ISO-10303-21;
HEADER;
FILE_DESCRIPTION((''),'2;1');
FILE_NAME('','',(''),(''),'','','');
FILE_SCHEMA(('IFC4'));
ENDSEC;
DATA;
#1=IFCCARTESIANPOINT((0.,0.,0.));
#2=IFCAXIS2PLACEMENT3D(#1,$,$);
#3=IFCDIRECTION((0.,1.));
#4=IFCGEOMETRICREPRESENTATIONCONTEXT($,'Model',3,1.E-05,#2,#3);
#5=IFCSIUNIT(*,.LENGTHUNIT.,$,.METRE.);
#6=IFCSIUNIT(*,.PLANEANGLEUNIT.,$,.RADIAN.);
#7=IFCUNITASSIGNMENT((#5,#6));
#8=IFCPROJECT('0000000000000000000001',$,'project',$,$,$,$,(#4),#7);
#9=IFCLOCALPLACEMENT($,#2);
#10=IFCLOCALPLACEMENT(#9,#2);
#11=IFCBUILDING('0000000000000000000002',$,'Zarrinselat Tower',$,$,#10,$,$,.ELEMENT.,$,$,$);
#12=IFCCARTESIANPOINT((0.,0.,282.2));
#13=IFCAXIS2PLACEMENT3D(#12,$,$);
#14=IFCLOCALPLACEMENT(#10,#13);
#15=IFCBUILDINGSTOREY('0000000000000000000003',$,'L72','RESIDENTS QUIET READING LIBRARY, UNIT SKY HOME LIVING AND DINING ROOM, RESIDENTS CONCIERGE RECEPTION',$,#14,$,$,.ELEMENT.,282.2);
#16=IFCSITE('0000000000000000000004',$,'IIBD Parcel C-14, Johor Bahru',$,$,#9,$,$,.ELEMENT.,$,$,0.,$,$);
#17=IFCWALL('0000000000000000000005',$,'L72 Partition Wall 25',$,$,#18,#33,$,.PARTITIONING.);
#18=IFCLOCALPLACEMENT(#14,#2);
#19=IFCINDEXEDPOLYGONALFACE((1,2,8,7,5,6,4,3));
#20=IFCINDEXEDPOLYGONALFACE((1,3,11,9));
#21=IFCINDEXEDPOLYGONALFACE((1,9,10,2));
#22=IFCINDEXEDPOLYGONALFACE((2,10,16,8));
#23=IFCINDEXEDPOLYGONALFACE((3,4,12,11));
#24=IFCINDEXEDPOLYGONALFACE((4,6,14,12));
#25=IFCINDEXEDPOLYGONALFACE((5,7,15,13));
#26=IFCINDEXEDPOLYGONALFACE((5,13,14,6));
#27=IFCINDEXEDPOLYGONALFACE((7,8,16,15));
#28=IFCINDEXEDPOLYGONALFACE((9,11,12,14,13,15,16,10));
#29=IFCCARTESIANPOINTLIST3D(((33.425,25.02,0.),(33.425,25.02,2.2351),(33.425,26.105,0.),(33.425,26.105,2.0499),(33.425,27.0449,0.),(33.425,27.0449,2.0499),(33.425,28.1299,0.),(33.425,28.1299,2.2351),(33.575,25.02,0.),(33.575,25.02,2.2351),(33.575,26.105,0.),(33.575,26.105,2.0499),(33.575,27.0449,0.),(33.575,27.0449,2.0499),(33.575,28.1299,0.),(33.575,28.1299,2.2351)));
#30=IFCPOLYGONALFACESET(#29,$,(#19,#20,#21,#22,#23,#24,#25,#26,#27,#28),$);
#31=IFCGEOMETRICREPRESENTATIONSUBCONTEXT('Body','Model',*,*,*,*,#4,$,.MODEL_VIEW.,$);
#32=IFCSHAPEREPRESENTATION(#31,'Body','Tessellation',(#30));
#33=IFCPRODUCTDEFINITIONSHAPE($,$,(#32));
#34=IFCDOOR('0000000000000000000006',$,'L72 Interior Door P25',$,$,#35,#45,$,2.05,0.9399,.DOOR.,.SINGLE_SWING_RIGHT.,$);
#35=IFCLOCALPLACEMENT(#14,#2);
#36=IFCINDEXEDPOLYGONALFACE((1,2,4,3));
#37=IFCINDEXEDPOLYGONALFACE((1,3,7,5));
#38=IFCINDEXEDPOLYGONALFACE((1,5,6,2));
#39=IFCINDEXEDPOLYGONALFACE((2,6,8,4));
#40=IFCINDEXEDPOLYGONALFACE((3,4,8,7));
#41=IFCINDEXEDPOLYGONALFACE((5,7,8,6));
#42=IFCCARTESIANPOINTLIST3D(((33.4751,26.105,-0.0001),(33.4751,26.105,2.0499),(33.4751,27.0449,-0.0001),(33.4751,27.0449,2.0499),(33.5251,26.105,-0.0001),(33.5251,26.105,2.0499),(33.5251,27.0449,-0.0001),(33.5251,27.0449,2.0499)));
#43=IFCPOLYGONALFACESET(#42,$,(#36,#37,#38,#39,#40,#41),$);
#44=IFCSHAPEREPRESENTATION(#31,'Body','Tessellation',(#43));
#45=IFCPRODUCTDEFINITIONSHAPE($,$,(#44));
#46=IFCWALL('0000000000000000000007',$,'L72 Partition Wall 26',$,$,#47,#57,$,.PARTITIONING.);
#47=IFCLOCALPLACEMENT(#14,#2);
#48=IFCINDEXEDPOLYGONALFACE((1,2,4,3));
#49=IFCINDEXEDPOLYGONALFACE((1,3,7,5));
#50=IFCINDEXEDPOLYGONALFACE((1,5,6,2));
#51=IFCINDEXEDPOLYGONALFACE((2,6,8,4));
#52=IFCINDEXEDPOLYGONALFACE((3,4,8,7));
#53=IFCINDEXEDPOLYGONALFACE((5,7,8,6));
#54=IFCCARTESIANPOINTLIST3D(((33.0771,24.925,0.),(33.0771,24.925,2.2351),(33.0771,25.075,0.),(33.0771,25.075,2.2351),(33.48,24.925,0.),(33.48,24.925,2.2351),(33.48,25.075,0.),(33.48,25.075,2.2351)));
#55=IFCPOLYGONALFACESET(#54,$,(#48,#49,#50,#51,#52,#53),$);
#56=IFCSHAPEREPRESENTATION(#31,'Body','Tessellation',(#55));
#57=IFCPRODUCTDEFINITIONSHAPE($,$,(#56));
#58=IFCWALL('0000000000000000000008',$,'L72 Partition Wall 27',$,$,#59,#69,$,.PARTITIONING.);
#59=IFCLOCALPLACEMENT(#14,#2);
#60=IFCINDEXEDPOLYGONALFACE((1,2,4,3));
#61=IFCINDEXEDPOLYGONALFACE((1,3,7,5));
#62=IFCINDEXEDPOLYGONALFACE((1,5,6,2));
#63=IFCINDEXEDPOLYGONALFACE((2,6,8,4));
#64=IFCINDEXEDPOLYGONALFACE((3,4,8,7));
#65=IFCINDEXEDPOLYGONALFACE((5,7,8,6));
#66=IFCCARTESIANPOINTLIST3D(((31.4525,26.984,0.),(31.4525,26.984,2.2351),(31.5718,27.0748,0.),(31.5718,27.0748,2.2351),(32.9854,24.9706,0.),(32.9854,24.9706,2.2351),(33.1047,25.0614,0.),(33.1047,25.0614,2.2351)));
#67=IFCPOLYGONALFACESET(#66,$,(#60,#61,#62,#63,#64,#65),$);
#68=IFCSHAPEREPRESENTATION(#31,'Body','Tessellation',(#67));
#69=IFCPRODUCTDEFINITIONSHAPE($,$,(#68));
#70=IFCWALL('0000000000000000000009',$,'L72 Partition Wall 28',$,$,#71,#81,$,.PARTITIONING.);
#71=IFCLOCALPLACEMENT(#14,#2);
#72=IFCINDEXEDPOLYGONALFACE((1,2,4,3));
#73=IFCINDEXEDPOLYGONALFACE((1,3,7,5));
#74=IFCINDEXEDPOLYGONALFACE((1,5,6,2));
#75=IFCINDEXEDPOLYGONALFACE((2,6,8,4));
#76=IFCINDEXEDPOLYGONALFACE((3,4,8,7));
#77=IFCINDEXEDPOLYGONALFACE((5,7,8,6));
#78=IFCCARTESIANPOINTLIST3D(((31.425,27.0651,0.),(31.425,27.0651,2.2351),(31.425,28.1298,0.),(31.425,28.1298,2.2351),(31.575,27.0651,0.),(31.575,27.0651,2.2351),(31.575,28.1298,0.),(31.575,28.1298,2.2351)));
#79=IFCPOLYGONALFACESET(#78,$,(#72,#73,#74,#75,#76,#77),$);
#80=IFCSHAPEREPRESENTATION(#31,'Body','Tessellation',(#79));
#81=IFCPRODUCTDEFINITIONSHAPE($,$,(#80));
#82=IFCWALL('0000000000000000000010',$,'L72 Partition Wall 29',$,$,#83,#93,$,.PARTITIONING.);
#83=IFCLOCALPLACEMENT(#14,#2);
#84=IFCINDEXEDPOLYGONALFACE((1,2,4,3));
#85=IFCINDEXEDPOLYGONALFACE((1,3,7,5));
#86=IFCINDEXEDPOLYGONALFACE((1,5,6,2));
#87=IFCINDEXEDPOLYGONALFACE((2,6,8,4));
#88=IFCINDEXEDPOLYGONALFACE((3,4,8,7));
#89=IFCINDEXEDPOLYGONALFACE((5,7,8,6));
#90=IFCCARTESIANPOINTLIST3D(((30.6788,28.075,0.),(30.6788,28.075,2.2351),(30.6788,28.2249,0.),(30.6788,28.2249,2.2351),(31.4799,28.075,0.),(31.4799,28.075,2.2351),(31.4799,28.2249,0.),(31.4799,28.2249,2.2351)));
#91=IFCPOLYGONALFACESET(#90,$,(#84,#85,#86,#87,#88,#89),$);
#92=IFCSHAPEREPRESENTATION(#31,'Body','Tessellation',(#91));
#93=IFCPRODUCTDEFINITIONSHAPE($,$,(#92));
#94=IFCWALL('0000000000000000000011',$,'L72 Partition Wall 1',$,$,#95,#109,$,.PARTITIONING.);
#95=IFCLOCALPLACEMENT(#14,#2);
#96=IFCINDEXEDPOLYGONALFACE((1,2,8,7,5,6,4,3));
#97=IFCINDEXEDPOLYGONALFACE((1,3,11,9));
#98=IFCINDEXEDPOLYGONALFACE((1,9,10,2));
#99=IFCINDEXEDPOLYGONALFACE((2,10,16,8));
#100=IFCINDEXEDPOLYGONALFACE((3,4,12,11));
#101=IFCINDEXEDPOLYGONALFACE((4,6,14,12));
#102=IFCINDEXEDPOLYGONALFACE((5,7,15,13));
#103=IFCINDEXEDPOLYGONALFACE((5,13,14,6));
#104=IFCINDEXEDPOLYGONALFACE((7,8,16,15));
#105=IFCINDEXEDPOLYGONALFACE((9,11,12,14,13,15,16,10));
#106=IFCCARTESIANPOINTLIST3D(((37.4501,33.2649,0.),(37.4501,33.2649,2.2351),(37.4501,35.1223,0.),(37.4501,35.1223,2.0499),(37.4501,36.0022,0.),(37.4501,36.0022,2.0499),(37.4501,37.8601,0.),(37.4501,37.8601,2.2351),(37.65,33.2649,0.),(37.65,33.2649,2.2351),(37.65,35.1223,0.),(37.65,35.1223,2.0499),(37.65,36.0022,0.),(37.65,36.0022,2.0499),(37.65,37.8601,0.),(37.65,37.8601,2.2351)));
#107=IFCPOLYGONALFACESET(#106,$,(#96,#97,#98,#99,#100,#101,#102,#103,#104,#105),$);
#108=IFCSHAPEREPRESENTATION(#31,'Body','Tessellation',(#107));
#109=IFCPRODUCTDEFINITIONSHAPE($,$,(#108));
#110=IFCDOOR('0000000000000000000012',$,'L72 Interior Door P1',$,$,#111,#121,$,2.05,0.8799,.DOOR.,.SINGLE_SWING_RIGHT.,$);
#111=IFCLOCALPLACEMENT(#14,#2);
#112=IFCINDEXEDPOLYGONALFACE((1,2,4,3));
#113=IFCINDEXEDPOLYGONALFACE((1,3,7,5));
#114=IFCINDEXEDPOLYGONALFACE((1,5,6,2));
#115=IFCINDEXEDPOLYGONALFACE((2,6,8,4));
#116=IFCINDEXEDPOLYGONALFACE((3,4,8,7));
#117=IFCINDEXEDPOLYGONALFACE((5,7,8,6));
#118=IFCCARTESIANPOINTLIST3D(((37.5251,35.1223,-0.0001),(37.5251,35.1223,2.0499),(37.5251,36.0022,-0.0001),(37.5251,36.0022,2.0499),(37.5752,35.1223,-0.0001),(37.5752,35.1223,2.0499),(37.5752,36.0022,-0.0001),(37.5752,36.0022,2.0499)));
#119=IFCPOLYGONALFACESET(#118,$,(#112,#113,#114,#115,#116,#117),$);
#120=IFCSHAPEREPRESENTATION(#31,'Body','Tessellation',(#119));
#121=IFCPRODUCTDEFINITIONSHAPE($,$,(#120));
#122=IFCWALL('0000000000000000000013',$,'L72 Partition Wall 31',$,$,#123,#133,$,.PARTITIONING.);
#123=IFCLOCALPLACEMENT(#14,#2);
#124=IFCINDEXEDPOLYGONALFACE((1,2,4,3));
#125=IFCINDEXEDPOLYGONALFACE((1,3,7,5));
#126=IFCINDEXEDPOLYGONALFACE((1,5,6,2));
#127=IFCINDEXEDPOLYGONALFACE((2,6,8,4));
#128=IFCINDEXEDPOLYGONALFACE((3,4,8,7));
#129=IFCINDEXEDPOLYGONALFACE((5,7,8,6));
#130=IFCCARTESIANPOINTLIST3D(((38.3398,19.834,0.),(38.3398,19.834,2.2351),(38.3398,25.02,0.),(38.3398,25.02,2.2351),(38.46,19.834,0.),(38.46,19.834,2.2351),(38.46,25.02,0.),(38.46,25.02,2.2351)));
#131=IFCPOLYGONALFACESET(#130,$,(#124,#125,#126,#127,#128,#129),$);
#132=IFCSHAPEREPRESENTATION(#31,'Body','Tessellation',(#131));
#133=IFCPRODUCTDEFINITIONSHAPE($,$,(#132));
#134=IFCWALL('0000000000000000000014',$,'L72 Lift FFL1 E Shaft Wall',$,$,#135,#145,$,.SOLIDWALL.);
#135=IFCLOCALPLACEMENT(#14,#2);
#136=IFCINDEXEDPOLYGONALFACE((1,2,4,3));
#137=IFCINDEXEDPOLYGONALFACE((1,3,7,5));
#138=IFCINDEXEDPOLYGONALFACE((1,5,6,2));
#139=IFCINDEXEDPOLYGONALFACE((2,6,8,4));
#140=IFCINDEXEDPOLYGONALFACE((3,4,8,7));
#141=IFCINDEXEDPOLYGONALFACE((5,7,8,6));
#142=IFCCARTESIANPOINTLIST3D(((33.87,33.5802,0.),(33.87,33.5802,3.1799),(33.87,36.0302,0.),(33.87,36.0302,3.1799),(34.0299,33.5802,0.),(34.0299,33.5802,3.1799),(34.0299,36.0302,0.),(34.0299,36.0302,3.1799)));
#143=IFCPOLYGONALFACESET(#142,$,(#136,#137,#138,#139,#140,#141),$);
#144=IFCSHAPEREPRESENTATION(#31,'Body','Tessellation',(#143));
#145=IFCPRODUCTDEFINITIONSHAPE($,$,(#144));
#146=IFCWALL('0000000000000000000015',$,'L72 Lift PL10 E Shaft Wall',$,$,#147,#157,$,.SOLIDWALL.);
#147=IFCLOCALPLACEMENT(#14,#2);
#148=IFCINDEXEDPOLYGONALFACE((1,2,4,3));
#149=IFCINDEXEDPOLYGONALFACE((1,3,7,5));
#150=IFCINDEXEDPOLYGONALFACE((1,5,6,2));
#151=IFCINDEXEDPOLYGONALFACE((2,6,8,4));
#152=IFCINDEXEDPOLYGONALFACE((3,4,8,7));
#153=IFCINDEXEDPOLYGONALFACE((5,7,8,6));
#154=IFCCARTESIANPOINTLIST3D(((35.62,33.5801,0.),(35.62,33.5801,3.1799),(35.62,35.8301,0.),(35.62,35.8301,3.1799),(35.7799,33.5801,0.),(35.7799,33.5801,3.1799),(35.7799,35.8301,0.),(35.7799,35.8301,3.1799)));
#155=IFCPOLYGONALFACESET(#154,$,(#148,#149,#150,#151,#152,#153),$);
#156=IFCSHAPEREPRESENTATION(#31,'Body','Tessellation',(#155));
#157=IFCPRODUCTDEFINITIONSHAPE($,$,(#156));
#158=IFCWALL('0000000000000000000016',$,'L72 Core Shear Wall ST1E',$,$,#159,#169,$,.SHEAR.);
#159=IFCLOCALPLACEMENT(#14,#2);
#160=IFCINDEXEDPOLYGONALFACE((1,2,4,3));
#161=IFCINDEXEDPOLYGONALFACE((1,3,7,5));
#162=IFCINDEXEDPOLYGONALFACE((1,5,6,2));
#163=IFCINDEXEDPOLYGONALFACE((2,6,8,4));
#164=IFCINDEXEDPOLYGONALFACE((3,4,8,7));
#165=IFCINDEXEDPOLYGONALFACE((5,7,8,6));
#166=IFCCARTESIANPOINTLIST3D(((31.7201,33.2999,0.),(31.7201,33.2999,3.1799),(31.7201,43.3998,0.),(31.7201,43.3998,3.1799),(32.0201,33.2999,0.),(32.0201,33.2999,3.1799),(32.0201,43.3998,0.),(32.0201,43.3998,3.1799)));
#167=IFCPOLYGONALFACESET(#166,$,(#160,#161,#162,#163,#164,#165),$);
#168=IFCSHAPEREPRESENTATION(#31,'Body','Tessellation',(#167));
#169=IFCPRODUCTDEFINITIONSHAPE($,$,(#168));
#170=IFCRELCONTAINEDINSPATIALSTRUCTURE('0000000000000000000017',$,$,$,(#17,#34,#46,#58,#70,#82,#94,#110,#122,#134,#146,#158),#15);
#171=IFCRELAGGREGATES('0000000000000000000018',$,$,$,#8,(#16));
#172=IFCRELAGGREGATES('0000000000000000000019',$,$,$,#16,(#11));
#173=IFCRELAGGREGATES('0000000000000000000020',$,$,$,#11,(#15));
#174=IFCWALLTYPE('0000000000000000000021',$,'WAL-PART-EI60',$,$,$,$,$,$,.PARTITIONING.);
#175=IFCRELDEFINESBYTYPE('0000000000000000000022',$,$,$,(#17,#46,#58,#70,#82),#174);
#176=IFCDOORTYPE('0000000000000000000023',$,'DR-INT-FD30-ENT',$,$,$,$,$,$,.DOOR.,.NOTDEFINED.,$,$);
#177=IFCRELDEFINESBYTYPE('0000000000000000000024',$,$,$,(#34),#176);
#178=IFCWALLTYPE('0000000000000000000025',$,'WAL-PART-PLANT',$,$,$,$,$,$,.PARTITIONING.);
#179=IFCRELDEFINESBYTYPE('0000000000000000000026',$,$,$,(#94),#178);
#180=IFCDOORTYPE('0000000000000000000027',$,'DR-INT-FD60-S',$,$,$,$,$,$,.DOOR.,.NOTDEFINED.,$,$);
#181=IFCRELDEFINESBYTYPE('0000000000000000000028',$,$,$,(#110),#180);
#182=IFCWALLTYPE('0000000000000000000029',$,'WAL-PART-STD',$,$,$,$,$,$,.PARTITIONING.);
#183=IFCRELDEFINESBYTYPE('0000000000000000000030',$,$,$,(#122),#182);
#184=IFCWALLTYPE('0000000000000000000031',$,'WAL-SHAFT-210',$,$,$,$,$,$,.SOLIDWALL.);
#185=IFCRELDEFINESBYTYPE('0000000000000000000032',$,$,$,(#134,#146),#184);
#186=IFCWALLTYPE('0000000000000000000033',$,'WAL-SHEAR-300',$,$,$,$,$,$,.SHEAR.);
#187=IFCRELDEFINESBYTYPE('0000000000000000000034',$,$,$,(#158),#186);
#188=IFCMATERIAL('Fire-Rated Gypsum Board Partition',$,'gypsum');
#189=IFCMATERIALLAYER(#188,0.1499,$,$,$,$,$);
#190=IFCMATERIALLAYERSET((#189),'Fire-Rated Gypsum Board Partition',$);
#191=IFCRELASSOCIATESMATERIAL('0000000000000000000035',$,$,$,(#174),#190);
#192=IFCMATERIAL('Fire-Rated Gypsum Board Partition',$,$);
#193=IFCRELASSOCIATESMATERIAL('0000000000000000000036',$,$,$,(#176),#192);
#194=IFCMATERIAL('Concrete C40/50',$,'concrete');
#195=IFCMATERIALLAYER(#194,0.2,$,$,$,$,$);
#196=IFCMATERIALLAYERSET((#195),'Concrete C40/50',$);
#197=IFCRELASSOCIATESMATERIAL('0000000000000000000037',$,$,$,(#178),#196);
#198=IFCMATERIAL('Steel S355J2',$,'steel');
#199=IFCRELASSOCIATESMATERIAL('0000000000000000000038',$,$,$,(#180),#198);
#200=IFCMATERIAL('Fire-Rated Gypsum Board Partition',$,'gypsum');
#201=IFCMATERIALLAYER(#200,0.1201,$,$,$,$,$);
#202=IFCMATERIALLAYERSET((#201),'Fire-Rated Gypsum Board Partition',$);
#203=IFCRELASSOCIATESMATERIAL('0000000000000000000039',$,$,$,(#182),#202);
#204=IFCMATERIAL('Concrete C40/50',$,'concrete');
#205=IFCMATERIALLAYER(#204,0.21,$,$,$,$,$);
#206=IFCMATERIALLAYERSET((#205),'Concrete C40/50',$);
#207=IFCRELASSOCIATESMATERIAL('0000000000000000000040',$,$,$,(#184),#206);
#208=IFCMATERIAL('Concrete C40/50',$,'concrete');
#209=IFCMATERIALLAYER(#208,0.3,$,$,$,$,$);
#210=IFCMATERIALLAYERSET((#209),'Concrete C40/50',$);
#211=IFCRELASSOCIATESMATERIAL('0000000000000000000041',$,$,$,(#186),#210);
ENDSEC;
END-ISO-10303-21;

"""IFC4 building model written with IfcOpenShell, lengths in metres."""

from ifc_helpers import new_model, si_unit, direction, frame, frame_2d, origin, place, context, subcontext, project, spatial, rectangle, extrude, material, layer, layer_set, type_object, element, fill, save


model = new_model("IFC4")

# Units and contexts
model_context = context("Model", 3, precision=1e-05, world=origin(), true_north=direction((0.0, 1.0)))
body_context = subcontext(model_context, "Body", "Model", "MODEL_VIEW")
ifc_project = project(units=[si_unit("LENGTHUNIT", "METRE"), si_unit("PLANEANGLEUNIT", "RADIAN")], contexts=[model_context])

# Site, building, storey
site_placement = place(None, origin())
site = spatial("IfcSite", under=ifc_project, at=site_placement, Name="IIBD Parcel C-14, Johor Bahru", CompositionType="ELEMENT", RefElevation=0.0)
building_placement = place(site_placement, origin())
building = spatial("IfcBuilding", under=site, at=building_placement, Name="Zarrinselat Tower", CompositionType="ELEMENT")
storey_placement = place(building_placement, frame((0.0, 0.0, 282.2)))
storey = spatial("IfcBuildingStorey", under=building, at=storey_placement, Name="L72", Description="RESIDENTS QUIET READING LIBRARY, UNIT SKY HOME LIVING AND DINING ROOM, RESIDENTS CONCIERGE RECEPTION", CompositionType="ELEMENT", Elevation=282.2)

# Shared definitions
ifc_material_1 = material(Name="Fire-Rated Gypsum Board Partition", Category="gypsum")
ifc_layer_1 = layer(ifc_material_1, 0.1499)
ifc_layer_set_1 = layer_set([ifc_layer_1], Name="Fire-Rated Gypsum Board Partition")
wall_type_1 = type_object("IfcWallType", Name="WAL-PART-EI60", PredefinedType="PARTITIONING", material=ifc_layer_set_1)

# Wall, opening, door
wall_1_placement = place(storey_placement, frame((33.5, 25.02, 0.0), z_axis=(0.0, 0.0, 1.0), x_axis=(0.0, 1.0, 0.0)))
wall_1 = element("IfcWall", 1, at=wall_1_placement, inside=storey, type_object=wall_type_1, Name="L72 Partition Wall 25", PredefinedType="PARTITIONING", context=body_context, shape_type="SweptSolid", body=[
    extrude(rectangle(XDim=3.1099, YDim=0.1499, at=frame_2d((1.5549, 0.0))), origin(), (0.0, 0.0, 1.0), 2.2351),
])
opening_1_placement = place(wall_1_placement, frame((1.085, 0.0, 0.0)))
opening_1 = element("IfcOpeningElement", 2, at=opening_1_placement, cuts=wall_1, PredefinedType="OPENING", context=body_context, shape_type="SweptSolid", body=[
    extrude(rectangle(XDim=0.9399, YDim=2.05, at=frame_2d((0.47, 1.0249))), frame((0.0, 0.085, 0.0), z_axis=(0.0, -1.0, 0.0), x_axis=(1.0, 0.0, 0.0)), (0.0, 0.0, 1.0), 0.1699),
])
ifc_material_2 = material(Name="Fire-Rated Gypsum Board Partition")
door_type_1 = type_object("IfcDoorType", Name="DR-INT-FD30-ENT", OperationType="NOTDEFINED", PredefinedType="DOOR", material=ifc_material_2)
door_1_placement = place(opening_1_placement, origin())
door_1 = element("IfcDoor", 3, at=door_1_placement, inside=storey, type_object=door_type_1, Name="L72 Interior Door P25", OperationType="SINGLE_SWING_RIGHT", OverallHeight=2.05, OverallWidth=0.9399, PredefinedType="DOOR", context=body_context, shape_type="SweptSolid", body=[
    extrude(rectangle(XDim=0.9399, YDim=2.05, at=frame_2d((0.47, 1.0249))), frame((0.0, 0.0249, 0.0), z_axis=(0.0, -1.0, 0.0), x_axis=(1.0, 0.0, 0.0)), (0.0, 0.0, 1.0), 0.05),
])
fill(opening_1, door_1)

# Walls
wall_2_placement = place(storey_placement, frame((33.0771, 25.0, 0.0), z_axis=(0.0, 0.0, 1.0), x_axis=(1.0, 0.0, 0.0)))
element("IfcWall", 4, at=wall_2_placement, inside=storey, type_object=wall_type_1, Name="L72 Partition Wall 26", PredefinedType="PARTITIONING", context=body_context, shape_type="SweptSolid", body=[
    extrude(rectangle(XDim=0.4028, YDim=0.1499, at=frame_2d((0.2014, 0.0))), origin(), (0.0, 0.0, 1.0), 2.2351),
])
wall_3_placement = place(storey_placement, frame((31.5122, 27.0293, 0.0), z_axis=(0.0, 0.0, 1.0), x_axis=(0.605773, -0.795638, 0.0)))
element("IfcWall", 5, at=wall_3_placement, inside=storey, type_object=wall_type_1, Name="L72 Partition Wall 27", PredefinedType="PARTITIONING", context=body_context, shape_type="SweptSolid", body=[
    extrude(rectangle(XDim=2.5305, YDim=0.1499, at=frame_2d((1.2651, 0.0))), origin(), (0.0, 0.0, 1.0), 2.2351),
])
wall_4_placement = place(storey_placement, frame((31.5, 27.0652, 0.0), z_axis=(0.0, 0.0, 1.0), x_axis=(0.0, 1.0, 0.0)))
element("IfcWall", 6, at=wall_4_placement, inside=storey, type_object=wall_type_1, Name="L72 Partition Wall 28", PredefinedType="PARTITIONING", context=body_context, shape_type="SweptSolid", body=[
    extrude(rectangle(XDim=1.0647, YDim=0.1499, at=frame_2d((0.5322, 0.0))), origin(), (0.0, 0.0, 1.0), 2.2351),
])
wall_5_placement = place(storey_placement, frame((30.679, 28.1499, 0.0), z_axis=(0.0, 0.0, 1.0), x_axis=(1.0, 0.0, 0.0)))
element("IfcWall", 7, at=wall_5_placement, inside=storey, type_object=wall_type_1, Name="L72 Partition Wall 29", PredefinedType="PARTITIONING", context=body_context, shape_type="SweptSolid", body=[
    extrude(rectangle(XDim=0.801, YDim=0.1499, at=frame_2d((0.4004, 0.0))), origin(), (0.0, 0.0, 1.0), 2.2351),
])

# Wall, opening, door
ifc_material_3 = material(Name="Concrete C40/50", Category="concrete")
ifc_layer_2 = layer(ifc_material_3, 0.2)
ifc_layer_set_2 = layer_set([ifc_layer_2], Name="Concrete C40/50")
wall_type_2 = type_object("IfcWallType", Name="WAL-PART-PLANT", PredefinedType="PARTITIONING", material=ifc_layer_set_2)
wall_6_placement = place(storey_placement, frame((37.55, 33.2649, 0.0), z_axis=(0.0, 0.0, 1.0), x_axis=(0.0, 1.0, 0.0)))
wall_6 = element("IfcWall", 8, at=wall_6_placement, inside=storey, type_object=wall_type_2, Name="L72 Partition Wall 1", PredefinedType="PARTITIONING", context=body_context, shape_type="SweptSolid", body=[
    extrude(rectangle(XDim=4.5952, YDim=0.2, at=frame_2d((2.2976, 0.0))), origin(), (0.0, 0.0, 1.0), 2.2351),
])
opening_2_placement = place(wall_6_placement, frame((1.8574, 0.0, 0.0)))
opening_2 = element("IfcOpeningElement", 9, at=opening_2_placement, cuts=wall_6, PredefinedType="OPENING", context=body_context, shape_type="SweptSolid", body=[
    extrude(rectangle(XDim=0.8799, YDim=2.05, at=frame_2d((0.4399, 1.0249))), frame((0.0, 0.1099, 0.0), z_axis=(0.0, -1.0, 0.0), x_axis=(1.0, 0.0, 0.0)), (0.0, 0.0, 1.0), 0.22),
])
ifc_material_4 = material(Name="Steel S355J2", Category="steel")
door_type_2 = type_object("IfcDoorType", Name="DR-INT-FD60-S", OperationType="NOTDEFINED", PredefinedType="DOOR", material=ifc_material_4)
door_2_placement = place(opening_2_placement, origin())
door_2 = element("IfcDoor", 10, at=door_2_placement, inside=storey, type_object=door_type_2, Name="L72 Interior Door P1", OperationType="SINGLE_SWING_RIGHT", OverallHeight=2.05, OverallWidth=0.8799, PredefinedType="DOOR", context=body_context, shape_type="SweptSolid", body=[
    extrude(rectangle(XDim=0.8799, YDim=2.05, at=frame_2d((0.4399, 1.0249))), frame((0.0, 0.0249, 0.0), z_axis=(0.0, -1.0, 0.0), x_axis=(1.0, 0.0, 0.0)), (0.0, 0.0, 1.0), 0.05),
])
fill(opening_2, door_2)

# Walls
ifc_material_5 = material(Name="Fire-Rated Gypsum Board Partition", Category="gypsum")
ifc_layer_3 = layer(ifc_material_5, 0.1201)
ifc_layer_set_3 = layer_set([ifc_layer_3], Name="Fire-Rated Gypsum Board Partition")
wall_type_3 = type_object("IfcWallType", Name="WAL-PART-STD", PredefinedType="PARTITIONING", material=ifc_layer_set_3)
wall_7_placement = place(storey_placement, frame((38.3999, 19.834, 0.0), z_axis=(0.0, 0.0, 1.0), x_axis=(0.0, 1.0, 0.0)))
element("IfcWall", 11, at=wall_7_placement, inside=storey, type_object=wall_type_3, Name="L72 Partition Wall 31", PredefinedType="PARTITIONING", context=body_context, shape_type="SweptSolid", body=[
    extrude(rectangle(XDim=5.186, YDim=0.1201, at=frame_2d((2.593, 0.0))), origin(), (0.0, 0.0, 1.0), 2.2351),
])
ifc_material_6 = material(Name="Concrete C40/50", Category="concrete")
ifc_layer_4 = layer(ifc_material_6, 0.21)
ifc_layer_set_4 = layer_set([ifc_layer_4], Name="Concrete C40/50")
wall_type_4 = type_object("IfcWallType", Name="WAL-SHAFT-210", PredefinedType="SOLIDWALL", material=ifc_layer_set_4)
wall_8_placement = place(storey_placement, frame((33.95, 33.5801, 0.0), z_axis=(0.0, 0.0, 1.0), x_axis=(0.0, 1.0, 0.0)))
element("IfcWall", 12, at=wall_8_placement, inside=storey, type_object=wall_type_4, Name="L72 Lift FFL1 E Shaft Wall", PredefinedType="SOLIDWALL", context=body_context, shape_type="SweptSolid", body=[
    extrude(rectangle(XDim=2.45, YDim=0.1599, at=frame_2d((1.2251, 0.0))), origin(), (0.0, 0.0, 1.0), 3.1799),
])
wall_9_placement = place(storey_placement, frame((35.7, 33.5801, 0.0), z_axis=(0.0, 0.0, 1.0), x_axis=(0.0, 1.0, 0.0)))
element("IfcWall", 13, at=wall_9_placement, inside=storey, type_object=wall_type_4, Name="L72 Lift PL10 E Shaft Wall", PredefinedType="SOLIDWALL", context=body_context, shape_type="SweptSolid", body=[
    extrude(rectangle(XDim=2.25, YDim=0.1599, at=frame_2d((1.125, 0.0))), origin(), (0.0, 0.0, 1.0), 3.1799),
])
ifc_material_7 = material(Name="Concrete C40/50", Category="concrete")
ifc_layer_5 = layer(ifc_material_7, 0.3)
ifc_layer_set_5 = layer_set([ifc_layer_5], Name="Concrete C40/50")
wall_type_5 = type_object("IfcWallType", Name="WAL-SHEAR-300", PredefinedType="SHEAR", material=ifc_layer_set_5)
wall_10_placement = place(storey_placement, frame((31.8701, 33.3, 0.0), z_axis=(0.0, 0.0, 1.0), x_axis=(0.0, 1.0, 0.0)))
element("IfcWall", 14, at=wall_10_placement, inside=storey, type_object=wall_type_5, Name="L72 Core Shear Wall ST1E", PredefinedType="SHEAR", context=body_context, shape_type="SweptSolid", body=[
    extrude(rectangle(XDim=10.0999, YDim=0.3, at=frame_2d((5.0498, 0.0))), origin(), (0.0, 0.0, 1.0), 3.1799),
])

save(model, "model.ifc")
